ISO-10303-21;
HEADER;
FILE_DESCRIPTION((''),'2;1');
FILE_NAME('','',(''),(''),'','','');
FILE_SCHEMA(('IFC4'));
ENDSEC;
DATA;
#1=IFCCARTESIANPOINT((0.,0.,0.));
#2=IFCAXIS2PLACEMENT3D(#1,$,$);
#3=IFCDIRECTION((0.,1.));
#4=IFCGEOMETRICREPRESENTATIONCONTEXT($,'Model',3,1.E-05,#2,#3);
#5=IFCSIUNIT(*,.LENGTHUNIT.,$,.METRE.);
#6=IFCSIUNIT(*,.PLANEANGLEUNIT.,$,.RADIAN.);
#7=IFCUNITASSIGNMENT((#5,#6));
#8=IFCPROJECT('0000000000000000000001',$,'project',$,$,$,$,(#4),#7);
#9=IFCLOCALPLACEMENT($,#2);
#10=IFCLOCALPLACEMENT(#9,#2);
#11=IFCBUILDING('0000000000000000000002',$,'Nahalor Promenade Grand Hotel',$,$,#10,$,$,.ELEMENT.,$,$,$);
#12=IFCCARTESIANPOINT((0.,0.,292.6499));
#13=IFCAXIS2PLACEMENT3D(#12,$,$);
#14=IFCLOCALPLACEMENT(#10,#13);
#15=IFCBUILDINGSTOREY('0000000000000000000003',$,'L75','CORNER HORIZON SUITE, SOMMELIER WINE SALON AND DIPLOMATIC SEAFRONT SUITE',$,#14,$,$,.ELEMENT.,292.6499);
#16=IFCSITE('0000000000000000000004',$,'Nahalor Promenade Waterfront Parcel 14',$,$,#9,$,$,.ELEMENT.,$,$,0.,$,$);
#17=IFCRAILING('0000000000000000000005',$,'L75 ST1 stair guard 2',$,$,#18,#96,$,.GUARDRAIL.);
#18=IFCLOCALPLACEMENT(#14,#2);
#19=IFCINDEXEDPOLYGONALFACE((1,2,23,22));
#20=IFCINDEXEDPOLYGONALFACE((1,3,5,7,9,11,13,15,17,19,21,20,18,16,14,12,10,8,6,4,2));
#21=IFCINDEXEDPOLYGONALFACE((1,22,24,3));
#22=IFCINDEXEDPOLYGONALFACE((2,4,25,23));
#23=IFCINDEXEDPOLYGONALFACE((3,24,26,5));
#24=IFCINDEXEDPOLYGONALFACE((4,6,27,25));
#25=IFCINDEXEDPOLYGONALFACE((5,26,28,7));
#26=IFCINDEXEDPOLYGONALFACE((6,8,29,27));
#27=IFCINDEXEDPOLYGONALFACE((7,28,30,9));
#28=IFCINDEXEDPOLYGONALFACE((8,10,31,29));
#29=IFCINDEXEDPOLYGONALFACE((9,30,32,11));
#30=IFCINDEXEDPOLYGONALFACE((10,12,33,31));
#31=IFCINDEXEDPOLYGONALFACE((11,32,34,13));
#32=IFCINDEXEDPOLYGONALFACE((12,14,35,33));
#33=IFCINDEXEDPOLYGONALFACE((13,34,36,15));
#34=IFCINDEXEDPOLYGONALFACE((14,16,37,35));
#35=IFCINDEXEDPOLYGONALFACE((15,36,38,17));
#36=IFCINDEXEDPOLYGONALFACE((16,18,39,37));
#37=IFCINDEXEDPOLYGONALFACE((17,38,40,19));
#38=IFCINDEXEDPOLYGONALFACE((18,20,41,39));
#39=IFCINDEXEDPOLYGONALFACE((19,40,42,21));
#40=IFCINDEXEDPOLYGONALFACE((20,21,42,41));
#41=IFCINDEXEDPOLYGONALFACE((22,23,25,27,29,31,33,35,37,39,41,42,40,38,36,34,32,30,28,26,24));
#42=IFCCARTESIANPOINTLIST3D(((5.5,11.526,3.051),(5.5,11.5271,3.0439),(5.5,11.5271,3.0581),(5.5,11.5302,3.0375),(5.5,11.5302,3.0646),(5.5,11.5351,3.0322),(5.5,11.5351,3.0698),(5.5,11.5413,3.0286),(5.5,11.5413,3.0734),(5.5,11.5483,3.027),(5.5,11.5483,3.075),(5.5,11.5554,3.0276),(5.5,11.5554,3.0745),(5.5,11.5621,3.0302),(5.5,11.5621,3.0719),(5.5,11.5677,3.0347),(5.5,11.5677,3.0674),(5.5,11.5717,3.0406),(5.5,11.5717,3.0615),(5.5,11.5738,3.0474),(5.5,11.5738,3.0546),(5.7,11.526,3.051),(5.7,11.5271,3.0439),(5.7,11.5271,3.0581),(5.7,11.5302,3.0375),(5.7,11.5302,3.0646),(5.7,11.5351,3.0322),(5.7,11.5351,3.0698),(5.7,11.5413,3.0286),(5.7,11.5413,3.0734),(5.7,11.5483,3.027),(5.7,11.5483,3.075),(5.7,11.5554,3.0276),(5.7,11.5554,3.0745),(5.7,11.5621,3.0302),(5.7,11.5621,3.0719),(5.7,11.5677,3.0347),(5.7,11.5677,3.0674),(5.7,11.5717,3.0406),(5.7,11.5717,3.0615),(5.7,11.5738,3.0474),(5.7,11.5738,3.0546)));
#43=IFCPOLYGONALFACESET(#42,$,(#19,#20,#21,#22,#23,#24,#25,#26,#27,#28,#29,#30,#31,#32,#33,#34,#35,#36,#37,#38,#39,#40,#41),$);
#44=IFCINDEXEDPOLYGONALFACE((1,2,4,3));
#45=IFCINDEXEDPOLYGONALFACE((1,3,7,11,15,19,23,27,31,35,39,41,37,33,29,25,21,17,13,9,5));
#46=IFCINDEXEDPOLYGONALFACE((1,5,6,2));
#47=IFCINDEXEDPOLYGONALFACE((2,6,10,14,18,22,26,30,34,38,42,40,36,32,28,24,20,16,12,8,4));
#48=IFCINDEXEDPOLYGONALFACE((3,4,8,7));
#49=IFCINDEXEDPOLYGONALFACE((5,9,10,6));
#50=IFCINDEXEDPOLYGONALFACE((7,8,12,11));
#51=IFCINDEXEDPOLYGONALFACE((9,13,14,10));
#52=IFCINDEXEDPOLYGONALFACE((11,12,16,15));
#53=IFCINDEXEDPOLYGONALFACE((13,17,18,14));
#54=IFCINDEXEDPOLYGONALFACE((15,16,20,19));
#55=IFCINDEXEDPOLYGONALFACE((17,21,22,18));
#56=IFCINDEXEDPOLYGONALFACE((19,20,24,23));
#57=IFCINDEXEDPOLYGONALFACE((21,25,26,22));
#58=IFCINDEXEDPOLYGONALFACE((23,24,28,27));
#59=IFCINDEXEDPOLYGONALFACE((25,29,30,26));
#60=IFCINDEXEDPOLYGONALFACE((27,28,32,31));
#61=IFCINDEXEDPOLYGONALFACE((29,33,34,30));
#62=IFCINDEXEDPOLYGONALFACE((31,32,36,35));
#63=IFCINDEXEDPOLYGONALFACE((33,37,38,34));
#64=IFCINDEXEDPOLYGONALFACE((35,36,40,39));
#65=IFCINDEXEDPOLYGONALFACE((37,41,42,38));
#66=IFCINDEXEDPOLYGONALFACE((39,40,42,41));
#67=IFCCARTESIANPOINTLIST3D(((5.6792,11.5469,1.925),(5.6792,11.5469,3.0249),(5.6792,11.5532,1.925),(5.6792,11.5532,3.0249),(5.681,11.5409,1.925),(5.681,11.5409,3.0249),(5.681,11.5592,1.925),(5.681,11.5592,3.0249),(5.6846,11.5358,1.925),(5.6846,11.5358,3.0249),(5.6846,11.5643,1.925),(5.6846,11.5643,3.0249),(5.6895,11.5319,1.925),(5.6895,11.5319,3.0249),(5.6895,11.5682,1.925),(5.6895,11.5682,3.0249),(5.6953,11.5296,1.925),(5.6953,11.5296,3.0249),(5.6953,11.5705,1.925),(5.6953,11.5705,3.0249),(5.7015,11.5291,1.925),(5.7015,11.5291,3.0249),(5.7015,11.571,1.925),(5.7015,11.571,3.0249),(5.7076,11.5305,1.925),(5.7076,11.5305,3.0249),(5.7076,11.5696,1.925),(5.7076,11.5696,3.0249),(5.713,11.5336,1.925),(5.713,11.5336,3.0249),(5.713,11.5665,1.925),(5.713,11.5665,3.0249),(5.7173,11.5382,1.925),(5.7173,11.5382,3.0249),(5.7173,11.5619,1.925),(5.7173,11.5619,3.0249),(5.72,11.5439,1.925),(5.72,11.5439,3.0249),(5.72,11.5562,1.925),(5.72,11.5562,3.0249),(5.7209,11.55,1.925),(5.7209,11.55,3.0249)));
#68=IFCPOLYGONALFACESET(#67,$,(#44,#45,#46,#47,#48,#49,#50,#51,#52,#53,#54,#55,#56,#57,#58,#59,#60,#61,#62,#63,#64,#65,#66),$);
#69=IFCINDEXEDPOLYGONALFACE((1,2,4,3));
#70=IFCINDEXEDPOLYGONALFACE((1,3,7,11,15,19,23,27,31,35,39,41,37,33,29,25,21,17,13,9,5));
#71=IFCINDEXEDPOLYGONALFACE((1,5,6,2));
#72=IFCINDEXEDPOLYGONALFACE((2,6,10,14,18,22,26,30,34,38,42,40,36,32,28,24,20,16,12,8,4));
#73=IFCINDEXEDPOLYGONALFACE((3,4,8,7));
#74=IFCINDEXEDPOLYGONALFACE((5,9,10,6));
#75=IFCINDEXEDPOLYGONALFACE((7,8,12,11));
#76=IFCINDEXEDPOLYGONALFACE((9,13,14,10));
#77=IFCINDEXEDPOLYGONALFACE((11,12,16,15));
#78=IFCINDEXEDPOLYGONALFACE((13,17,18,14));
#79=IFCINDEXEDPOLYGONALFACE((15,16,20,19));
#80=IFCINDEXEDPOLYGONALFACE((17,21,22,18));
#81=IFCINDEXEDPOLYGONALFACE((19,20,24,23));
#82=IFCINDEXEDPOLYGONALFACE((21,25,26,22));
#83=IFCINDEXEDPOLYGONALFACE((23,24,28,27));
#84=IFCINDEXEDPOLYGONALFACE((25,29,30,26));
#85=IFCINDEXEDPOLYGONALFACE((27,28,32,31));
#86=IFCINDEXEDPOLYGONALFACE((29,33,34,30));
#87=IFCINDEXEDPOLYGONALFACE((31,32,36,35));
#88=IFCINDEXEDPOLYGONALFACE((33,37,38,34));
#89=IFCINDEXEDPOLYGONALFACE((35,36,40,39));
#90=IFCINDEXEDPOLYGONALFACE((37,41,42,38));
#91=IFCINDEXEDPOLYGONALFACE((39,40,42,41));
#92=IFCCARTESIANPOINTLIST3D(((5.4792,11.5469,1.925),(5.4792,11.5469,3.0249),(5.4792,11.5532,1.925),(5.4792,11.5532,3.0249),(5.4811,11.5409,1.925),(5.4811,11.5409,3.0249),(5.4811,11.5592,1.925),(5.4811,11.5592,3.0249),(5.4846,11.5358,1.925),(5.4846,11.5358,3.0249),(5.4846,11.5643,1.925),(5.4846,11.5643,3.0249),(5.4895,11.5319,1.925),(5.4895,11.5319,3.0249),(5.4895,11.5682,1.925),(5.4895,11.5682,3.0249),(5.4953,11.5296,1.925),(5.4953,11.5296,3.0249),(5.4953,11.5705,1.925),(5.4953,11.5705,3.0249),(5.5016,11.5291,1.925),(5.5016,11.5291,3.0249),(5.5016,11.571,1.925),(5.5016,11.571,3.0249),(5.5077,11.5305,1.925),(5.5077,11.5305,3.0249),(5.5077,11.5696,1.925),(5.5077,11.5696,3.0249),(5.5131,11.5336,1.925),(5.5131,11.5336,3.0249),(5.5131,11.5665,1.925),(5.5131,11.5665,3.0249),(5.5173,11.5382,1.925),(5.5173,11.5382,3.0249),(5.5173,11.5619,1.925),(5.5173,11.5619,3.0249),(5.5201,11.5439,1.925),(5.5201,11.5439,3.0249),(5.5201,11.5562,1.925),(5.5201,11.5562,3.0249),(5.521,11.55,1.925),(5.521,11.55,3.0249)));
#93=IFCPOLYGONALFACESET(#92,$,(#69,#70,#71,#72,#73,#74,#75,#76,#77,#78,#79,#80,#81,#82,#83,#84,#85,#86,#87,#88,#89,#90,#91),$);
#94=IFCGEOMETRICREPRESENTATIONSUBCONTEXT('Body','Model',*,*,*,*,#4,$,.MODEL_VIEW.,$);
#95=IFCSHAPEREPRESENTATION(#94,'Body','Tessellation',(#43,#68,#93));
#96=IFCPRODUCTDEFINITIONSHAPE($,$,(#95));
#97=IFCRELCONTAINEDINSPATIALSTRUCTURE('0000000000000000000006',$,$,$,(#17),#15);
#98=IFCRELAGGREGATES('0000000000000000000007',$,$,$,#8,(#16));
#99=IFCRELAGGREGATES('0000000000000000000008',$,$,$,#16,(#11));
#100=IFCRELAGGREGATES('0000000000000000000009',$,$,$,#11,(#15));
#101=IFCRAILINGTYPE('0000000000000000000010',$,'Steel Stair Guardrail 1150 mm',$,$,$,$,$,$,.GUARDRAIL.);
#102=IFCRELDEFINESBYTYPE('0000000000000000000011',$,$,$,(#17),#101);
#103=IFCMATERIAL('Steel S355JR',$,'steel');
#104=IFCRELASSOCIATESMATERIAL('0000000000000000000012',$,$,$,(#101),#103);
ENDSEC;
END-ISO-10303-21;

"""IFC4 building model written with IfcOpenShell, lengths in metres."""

from ifc_helpers import new_model, si_unit, direction, frame, origin, origin_2d, place, context, subcontext, project, spatial, circle, extrude, material, type_object, element, save


model = new_model("IFC4")

# Units and contexts
model_context = context("Model", 3, precision=1e-05, world=origin(), true_north=direction((0.0, 1.0)))
body_context = subcontext(model_context, "Body", "Model", "MODEL_VIEW")
ifc_project = project(units=[si_unit("LENGTHUNIT", "METRE"), si_unit("PLANEANGLEUNIT", "RADIAN")], contexts=[model_context])

# Site, building, storey
site_placement = place(None, origin())
site = spatial("IfcSite", under=ifc_project, at=site_placement, Name="Nahalor Promenade Waterfront Parcel 14", CompositionType="ELEMENT", RefElevation=0.0)
building_placement = place(site_placement, origin())
building = spatial("IfcBuilding", under=site, at=building_placement, Name="Nahalor Promenade Grand Hotel", CompositionType="ELEMENT")
storey_placement = place(building_placement, frame((0.0, 0.0, 292.6499)))
storey = spatial("IfcBuildingStorey", under=building, at=storey_placement, Name="L75", Description="CORNER HORIZON SUITE, SOMMELIER WINE SALON AND DIPLOMATIC SEAFRONT SUITE", CompositionType="ELEMENT", Elevation=292.6499)

# Shared definitions
ifc_material_1 = material(Name="Steel S355JR", Category="steel")

# Railing
railing_type = type_object("IfcRailingType", Name="Steel Stair Guardrail 1150 mm", PredefinedType="GUARDRAIL", material=ifc_material_1)
railing_1_placement = place(storey_placement, frame((5.7, 11.55, 1.925)))
element("IfcRailing", 1, at=railing_1_placement, inside=storey, type_object=railing_type, Name="L75 ST1 stair guard 2", PredefinedType="GUARDRAIL", context=body_context, shape_type="SweptSolid", body=[
    extrude(circle(Radius=0.024, at=origin_2d()), frame((0.0, 0.0, 1.126), z_axis=(-1.0, 0.0, 0.0), x_axis=(0.0, -1.0, 0.0)), (0.0, 0.0, 1.0), 0.2),
    extrude(circle(Radius=0.021, at=origin_2d()), origin(), (0.0, 0.0, 1.0), 1.0999),
    extrude(circle(Radius=0.021, at=origin_2d()), frame((-0.2, 0.0, 0.0)), (0.0, 0.0, 1.0), 1.0999),
])

save(model, "model.ifc")
